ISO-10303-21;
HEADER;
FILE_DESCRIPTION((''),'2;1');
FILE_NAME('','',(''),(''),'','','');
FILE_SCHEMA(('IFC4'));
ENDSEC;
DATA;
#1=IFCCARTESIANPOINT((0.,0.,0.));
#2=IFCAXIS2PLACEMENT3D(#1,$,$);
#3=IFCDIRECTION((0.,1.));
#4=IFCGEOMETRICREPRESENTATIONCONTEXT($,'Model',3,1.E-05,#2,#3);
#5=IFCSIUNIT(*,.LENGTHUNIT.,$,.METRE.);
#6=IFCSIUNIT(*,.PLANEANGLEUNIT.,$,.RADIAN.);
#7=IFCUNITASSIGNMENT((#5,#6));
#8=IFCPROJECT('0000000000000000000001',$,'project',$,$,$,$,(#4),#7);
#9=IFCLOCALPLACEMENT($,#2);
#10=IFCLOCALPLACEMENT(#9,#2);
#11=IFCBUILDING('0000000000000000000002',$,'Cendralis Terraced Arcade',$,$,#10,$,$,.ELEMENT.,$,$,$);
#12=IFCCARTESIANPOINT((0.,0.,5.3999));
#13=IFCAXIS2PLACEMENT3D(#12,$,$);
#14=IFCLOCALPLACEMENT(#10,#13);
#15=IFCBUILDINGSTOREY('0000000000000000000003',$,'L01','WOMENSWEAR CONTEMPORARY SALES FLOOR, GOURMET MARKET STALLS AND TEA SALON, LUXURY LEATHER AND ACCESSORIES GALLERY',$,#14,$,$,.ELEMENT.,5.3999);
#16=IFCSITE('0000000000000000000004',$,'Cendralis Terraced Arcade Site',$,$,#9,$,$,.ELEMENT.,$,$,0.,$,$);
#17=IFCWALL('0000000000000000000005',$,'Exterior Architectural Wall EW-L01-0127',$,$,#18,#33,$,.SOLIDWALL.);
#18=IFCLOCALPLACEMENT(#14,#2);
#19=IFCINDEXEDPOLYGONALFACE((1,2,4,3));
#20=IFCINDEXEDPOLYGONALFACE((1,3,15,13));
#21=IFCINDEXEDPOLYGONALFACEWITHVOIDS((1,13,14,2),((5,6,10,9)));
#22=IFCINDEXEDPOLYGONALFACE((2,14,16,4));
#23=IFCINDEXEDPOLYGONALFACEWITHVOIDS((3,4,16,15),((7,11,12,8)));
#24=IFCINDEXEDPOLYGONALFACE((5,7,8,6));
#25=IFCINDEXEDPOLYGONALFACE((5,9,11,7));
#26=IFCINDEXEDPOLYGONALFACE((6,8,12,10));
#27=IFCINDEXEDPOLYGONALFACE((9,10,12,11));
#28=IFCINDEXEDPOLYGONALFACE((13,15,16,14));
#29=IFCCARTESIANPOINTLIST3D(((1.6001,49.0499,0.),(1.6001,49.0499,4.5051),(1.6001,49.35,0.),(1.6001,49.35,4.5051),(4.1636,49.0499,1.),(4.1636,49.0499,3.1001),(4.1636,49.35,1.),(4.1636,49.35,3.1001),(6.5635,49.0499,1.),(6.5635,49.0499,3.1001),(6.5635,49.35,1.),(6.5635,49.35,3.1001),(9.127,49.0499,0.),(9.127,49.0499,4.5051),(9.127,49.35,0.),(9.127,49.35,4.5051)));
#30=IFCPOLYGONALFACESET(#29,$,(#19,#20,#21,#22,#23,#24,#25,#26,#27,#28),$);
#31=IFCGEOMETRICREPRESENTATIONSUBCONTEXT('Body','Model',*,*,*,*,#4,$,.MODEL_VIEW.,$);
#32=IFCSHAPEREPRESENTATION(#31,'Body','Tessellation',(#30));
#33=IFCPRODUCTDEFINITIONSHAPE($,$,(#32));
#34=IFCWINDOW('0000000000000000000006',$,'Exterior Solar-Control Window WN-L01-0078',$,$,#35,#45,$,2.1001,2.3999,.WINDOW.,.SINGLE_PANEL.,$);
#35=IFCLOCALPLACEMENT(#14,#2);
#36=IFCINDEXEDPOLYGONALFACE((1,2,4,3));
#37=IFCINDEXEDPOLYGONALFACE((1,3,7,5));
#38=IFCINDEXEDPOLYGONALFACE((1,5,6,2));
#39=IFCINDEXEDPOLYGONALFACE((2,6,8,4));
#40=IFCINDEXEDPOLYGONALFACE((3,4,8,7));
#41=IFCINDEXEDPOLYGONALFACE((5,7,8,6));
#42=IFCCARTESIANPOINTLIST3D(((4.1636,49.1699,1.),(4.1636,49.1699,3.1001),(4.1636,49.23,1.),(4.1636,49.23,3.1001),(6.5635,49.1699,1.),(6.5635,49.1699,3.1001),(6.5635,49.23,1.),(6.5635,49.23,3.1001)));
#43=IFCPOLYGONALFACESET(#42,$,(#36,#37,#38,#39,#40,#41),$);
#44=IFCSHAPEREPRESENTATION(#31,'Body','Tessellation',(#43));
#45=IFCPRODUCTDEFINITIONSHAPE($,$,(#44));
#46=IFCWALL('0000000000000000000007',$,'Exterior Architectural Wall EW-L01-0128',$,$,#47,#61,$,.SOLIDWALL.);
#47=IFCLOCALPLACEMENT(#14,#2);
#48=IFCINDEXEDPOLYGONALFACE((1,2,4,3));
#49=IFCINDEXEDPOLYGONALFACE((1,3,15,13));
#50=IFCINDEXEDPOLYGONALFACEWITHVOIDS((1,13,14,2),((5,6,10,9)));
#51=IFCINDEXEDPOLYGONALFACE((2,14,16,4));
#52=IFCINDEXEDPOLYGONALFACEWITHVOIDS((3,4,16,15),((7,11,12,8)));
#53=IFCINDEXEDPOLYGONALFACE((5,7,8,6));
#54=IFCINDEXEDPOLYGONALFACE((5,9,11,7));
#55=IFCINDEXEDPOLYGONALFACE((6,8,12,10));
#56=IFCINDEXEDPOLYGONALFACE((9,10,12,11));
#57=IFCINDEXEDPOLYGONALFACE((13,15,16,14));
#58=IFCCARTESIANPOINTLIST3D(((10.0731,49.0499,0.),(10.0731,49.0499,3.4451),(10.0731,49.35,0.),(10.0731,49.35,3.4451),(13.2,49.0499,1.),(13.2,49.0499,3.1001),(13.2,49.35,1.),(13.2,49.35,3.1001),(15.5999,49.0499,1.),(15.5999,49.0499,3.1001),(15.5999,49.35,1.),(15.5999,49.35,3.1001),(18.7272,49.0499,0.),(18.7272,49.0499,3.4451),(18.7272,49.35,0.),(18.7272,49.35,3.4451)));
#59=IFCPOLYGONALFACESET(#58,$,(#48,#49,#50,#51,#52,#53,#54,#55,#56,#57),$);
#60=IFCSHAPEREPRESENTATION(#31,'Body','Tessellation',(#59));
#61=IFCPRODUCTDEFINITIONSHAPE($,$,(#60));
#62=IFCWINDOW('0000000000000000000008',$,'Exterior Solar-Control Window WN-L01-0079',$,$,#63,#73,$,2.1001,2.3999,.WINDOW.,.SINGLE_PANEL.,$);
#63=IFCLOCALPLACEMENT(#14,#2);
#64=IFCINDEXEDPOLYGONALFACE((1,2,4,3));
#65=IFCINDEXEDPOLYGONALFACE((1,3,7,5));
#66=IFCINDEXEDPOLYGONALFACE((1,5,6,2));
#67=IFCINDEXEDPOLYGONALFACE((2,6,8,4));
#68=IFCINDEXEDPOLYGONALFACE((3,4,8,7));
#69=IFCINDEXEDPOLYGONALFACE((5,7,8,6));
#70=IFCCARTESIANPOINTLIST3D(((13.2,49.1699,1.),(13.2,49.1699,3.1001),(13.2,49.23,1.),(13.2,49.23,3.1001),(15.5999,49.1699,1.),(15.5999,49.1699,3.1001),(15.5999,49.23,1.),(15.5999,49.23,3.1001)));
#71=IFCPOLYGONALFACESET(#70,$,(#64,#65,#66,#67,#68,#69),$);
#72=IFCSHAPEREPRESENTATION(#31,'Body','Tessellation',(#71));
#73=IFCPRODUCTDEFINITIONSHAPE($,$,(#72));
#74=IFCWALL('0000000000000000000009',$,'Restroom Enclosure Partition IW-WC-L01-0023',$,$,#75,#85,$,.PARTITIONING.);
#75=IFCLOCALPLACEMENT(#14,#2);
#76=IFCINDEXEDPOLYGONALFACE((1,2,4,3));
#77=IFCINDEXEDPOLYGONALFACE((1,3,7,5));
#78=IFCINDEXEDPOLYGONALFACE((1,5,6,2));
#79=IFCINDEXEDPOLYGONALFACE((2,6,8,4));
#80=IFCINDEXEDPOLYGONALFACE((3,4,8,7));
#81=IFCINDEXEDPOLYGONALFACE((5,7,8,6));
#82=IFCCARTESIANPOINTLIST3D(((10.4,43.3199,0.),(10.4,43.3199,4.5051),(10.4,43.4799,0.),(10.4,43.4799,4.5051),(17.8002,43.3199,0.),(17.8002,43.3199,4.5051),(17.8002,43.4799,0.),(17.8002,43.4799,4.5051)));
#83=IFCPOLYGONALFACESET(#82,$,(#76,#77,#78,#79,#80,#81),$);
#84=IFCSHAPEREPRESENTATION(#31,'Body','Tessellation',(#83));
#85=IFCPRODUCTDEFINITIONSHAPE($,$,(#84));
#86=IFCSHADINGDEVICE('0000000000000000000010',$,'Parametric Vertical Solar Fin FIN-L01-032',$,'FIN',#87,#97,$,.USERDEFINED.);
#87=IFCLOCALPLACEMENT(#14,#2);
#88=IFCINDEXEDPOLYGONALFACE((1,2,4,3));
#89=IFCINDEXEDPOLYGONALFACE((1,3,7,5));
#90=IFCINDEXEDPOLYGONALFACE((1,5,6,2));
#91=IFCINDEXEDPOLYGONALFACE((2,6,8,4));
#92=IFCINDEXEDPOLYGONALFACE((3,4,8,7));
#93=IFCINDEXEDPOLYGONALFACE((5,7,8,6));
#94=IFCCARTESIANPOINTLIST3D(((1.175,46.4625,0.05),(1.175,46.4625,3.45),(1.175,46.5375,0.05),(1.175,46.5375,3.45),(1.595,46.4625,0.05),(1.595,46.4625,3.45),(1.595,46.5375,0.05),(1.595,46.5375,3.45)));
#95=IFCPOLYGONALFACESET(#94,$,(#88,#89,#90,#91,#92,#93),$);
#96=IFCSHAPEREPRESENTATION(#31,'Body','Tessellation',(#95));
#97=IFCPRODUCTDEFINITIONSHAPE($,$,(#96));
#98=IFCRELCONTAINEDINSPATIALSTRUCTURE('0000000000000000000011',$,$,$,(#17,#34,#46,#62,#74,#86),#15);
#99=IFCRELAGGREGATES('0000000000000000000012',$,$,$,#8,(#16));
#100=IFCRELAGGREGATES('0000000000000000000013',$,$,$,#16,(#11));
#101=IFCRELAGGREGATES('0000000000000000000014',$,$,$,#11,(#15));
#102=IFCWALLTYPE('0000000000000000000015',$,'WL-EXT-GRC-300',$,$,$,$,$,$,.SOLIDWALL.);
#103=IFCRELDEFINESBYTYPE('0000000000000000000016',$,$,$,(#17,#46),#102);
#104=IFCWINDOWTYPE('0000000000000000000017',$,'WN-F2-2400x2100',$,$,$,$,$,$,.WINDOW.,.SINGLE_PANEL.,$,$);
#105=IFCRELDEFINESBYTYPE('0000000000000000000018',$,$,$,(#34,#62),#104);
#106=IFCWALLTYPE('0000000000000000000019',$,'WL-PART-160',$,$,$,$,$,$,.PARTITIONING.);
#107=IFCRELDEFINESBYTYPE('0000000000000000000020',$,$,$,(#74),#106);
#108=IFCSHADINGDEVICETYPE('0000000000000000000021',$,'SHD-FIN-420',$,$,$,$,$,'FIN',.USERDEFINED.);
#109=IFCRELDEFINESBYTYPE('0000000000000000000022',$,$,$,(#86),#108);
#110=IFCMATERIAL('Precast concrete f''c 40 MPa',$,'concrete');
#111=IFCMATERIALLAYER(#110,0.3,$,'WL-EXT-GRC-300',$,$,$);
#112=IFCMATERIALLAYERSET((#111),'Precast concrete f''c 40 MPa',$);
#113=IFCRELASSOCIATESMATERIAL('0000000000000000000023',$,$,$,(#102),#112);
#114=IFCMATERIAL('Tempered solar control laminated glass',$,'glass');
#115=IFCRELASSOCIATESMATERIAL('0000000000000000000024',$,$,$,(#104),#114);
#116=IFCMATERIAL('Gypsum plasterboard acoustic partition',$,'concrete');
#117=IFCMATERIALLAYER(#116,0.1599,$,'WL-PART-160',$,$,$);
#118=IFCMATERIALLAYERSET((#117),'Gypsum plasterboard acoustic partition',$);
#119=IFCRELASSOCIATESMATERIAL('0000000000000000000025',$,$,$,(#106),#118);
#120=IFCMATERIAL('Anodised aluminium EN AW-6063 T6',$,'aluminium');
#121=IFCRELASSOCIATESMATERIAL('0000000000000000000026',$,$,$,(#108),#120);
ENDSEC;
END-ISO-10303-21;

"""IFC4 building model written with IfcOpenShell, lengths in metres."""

from ifc_helpers import new_model, si_unit, direction, frame, frame_2d, origin, origin_2d, place, context, subcontext, project, spatial, rectangle, extrude, material, layer, layer_set, type_object, element, fill, save


model = new_model("IFC4")

# Units and contexts
model_context = context("Model", 3, precision=1e-05, world=origin(), true_north=direction((0.0, 1.0)))
body_context = subcontext(model_context, "Body", "Model", "MODEL_VIEW")
ifc_project = project(units=[si_unit("LENGTHUNIT", "METRE"), si_unit("PLANEANGLEUNIT", "RADIAN")], contexts=[model_context])

# Site, building, storey
site_placement = place(None, origin())
site = spatial("IfcSite", under=ifc_project, at=site_placement, Name="Cendralis Terraced Arcade Site", CompositionType="ELEMENT", RefElevation=0.0)
building_placement = place(site_placement, origin())
building = spatial("IfcBuilding", under=site, at=building_placement, Name="Cendralis Terraced Arcade", CompositionType="ELEMENT")
storey_placement = place(building_placement, frame((0.0, 0.0, 5.3999)))
storey = spatial("IfcBuildingStorey", under=building, at=storey_placement, Name="L01", Description="WOMENSWEAR CONTEMPORARY SALES FLOOR, GOURMET MARKET STALLS AND TEA SALON, LUXURY LEATHER AND ACCESSORIES GALLERY", CompositionType="ELEMENT", Elevation=5.3999)

# Shared definitions
ifc_material_1 = material(Name="Anodised aluminium EN AW-6063 T6", Category="aluminium")
ifc_material_2 = material(Name="Tempered solar control laminated glass", Category="glass")

# Walls, openings, windows
ifc_material_3 = material(Name="Precast concrete f'c 40 MPa", Category="concrete")
ifc_layer_1 = layer(ifc_material_3, 0.3, Name="WL-EXT-GRC-300")
ifc_layer_set_1 = layer_set([ifc_layer_1], Name="Precast concrete f'c 40 MPa")
wall_type_1 = type_object("IfcWallType", Name="WL-EXT-GRC-300", PredefinedType="SOLIDWALL", material=ifc_layer_set_1)
wall_1_placement = place(storey_placement, frame((1.6001, 49.2, 0.0), z_axis=(0.0, 0.0, 1.0), x_axis=(1.0, 0.0, 0.0)))
wall_1 = element("IfcWall", 1, at=wall_1_placement, inside=storey, type_object=wall_type_1, Name="Exterior Architectural Wall EW-L01-0127", PredefinedType="SOLIDWALL", context=body_context, shape_type="SweptSolid", body=[
    extrude(rectangle(XDim=7.5269, YDim=0.3, at=frame_2d((3.7634, 0.0))), origin(), (0.0, 0.0, 1.0), 4.5051),
])
opening_1_placement = place(wall_1_placement, frame((2.5635, 0.0, 1.0)))
opening_1 = element("IfcOpeningElement", 2, at=opening_1_placement, cuts=wall_1, PredefinedType="OPENING", context=body_context, shape_type="SweptSolid", body=[
    extrude(rectangle(XDim=2.3999, YDim=2.1001, at=frame_2d((1.2, 1.05))), frame((0.0, 0.1621, 0.0), z_axis=(0.0, -1.0, 0.0), x_axis=(1.0, 0.0, 0.0)), (0.0, 0.0, 1.0), 0.324),
])
window_type = type_object("IfcWindowType", Name="WN-F2-2400x2100", PartitioningType="SINGLE_PANEL", PredefinedType="WINDOW", material=ifc_material_2)
window_1_placement = place(opening_1_placement, origin())
window_1 = element("IfcWindow", 3, at=window_1_placement, inside=storey, type_object=window_type, Name="Exterior Solar-Control Window WN-L01-0078", OverallHeight=2.1001, OverallWidth=2.3999, PartitioningType="SINGLE_PANEL", PredefinedType="WINDOW", context=body_context, shape_type="SweptSolid", body=[
    extrude(rectangle(XDim=2.3999, YDim=2.1001, at=frame_2d((1.2, 1.05))), frame((0.0, 0.03, 0.0), z_axis=(0.0, -1.0, 0.0), x_axis=(1.0, 0.0, 0.0)), (0.0, 0.0, 1.0), 0.0601),
])
fill(opening_1, window_1)
wall_2_placement = place(storey_placement, frame((10.073, 49.2, 0.0), z_axis=(0.0, 0.0, 1.0), x_axis=(1.0, 0.0, 0.0)))
wall_2 = element("IfcWall", 4, at=wall_2_placement, inside=storey, type_object=wall_type_1, Name="Exterior Architectural Wall EW-L01-0128", PredefinedType="SOLIDWALL", context=body_context, shape_type="SweptSolid", body=[
    extrude(rectangle(XDim=8.6541, YDim=0.3, at=frame_2d((4.3271, 0.0))), origin(), (0.0, 0.0, 1.0), 3.4451),
])
opening_2_placement = place(wall_2_placement, frame((3.127, 0.0, 1.0)))
opening_2 = element("IfcOpeningElement", 5, at=opening_2_placement, cuts=wall_2, PredefinedType="OPENING", context=body_context, shape_type="SweptSolid", body=[
    extrude(rectangle(XDim=2.3999, YDim=2.1001, at=frame_2d((1.2, 1.05))), frame((0.0, 0.1621, 0.0), z_axis=(0.0, -1.0, 0.0), x_axis=(1.0, 0.0, 0.0)), (0.0, 0.0, 1.0), 0.324),
])
window_2_placement = place(opening_2_placement, origin())
window_2 = element("IfcWindow", 6, at=window_2_placement, inside=storey, type_object=window_type, Name="Exterior Solar-Control Window WN-L01-0079", OverallHeight=2.1001, OverallWidth=2.3999, PartitioningType="SINGLE_PANEL", PredefinedType="WINDOW", context=body_context, shape_type="SweptSolid", body=[
    extrude(rectangle(XDim=2.3999, YDim=2.1001, at=frame_2d((1.2, 1.05))), frame((0.0, 0.03, 0.0), z_axis=(0.0, -1.0, 0.0), x_axis=(1.0, 0.0, 0.0)), (0.0, 0.0, 1.0), 0.0601),
])
fill(opening_2, window_2)

# Wall
ifc_material_4 = material(Name="Gypsum plasterboard acoustic partition", Category="concrete")
ifc_layer_2 = layer(ifc_material_4, 0.1599, Name="WL-PART-160")
ifc_layer_set_2 = layer_set([ifc_layer_2], Name="Gypsum plasterboard acoustic partition")
wall_type_2 = type_object("IfcWallType", Name="WL-PART-160", PredefinedType="PARTITIONING", material=ifc_layer_set_2)
wall_3_placement = place(storey_placement, frame((10.3999, 43.3999, 0.0), z_axis=(0.0, 0.0, 1.0), x_axis=(1.0, 0.0, 0.0)))
element("IfcWall", 7, at=wall_3_placement, inside=storey, type_object=wall_type_2, Name="Restroom Enclosure Partition IW-WC-L01-0023", PredefinedType="PARTITIONING", context=body_context, shape_type="SweptSolid", body=[
    extrude(rectangle(XDim=7.4001, YDim=0.1599, at=frame_2d((3.7002, 0.0))), origin(), (0.0, 0.0, 1.0), 4.5051),
])

# Shading device
shading_device_type = type_object("IfcShadingDeviceType", Name="SHD-FIN-420", ElementType="FIN", PredefinedType="USERDEFINED", material=ifc_material_1)
shading_device_placement = place(storey_placement, frame((1.385, 46.5, 0.05), z_axis=(0.0, 0.0, 1.0), x_axis=(0.0, 1.0, 0.0)))
element("IfcShadingDevice", 8, at=shading_device_placement, inside=storey, type_object=shading_device_type, Name="Parametric Vertical Solar Fin FIN-L01-032", ObjectType="FIN", PredefinedType="USERDEFINED", context=body_context, shape_type="SweptSolid", body=[
    extrude(rectangle(XDim=0.075, YDim=0.4199, at=origin_2d()), origin(), (0.0, 0.0, 1.0), 3.3999),
])

save(model, "model.ifc")
